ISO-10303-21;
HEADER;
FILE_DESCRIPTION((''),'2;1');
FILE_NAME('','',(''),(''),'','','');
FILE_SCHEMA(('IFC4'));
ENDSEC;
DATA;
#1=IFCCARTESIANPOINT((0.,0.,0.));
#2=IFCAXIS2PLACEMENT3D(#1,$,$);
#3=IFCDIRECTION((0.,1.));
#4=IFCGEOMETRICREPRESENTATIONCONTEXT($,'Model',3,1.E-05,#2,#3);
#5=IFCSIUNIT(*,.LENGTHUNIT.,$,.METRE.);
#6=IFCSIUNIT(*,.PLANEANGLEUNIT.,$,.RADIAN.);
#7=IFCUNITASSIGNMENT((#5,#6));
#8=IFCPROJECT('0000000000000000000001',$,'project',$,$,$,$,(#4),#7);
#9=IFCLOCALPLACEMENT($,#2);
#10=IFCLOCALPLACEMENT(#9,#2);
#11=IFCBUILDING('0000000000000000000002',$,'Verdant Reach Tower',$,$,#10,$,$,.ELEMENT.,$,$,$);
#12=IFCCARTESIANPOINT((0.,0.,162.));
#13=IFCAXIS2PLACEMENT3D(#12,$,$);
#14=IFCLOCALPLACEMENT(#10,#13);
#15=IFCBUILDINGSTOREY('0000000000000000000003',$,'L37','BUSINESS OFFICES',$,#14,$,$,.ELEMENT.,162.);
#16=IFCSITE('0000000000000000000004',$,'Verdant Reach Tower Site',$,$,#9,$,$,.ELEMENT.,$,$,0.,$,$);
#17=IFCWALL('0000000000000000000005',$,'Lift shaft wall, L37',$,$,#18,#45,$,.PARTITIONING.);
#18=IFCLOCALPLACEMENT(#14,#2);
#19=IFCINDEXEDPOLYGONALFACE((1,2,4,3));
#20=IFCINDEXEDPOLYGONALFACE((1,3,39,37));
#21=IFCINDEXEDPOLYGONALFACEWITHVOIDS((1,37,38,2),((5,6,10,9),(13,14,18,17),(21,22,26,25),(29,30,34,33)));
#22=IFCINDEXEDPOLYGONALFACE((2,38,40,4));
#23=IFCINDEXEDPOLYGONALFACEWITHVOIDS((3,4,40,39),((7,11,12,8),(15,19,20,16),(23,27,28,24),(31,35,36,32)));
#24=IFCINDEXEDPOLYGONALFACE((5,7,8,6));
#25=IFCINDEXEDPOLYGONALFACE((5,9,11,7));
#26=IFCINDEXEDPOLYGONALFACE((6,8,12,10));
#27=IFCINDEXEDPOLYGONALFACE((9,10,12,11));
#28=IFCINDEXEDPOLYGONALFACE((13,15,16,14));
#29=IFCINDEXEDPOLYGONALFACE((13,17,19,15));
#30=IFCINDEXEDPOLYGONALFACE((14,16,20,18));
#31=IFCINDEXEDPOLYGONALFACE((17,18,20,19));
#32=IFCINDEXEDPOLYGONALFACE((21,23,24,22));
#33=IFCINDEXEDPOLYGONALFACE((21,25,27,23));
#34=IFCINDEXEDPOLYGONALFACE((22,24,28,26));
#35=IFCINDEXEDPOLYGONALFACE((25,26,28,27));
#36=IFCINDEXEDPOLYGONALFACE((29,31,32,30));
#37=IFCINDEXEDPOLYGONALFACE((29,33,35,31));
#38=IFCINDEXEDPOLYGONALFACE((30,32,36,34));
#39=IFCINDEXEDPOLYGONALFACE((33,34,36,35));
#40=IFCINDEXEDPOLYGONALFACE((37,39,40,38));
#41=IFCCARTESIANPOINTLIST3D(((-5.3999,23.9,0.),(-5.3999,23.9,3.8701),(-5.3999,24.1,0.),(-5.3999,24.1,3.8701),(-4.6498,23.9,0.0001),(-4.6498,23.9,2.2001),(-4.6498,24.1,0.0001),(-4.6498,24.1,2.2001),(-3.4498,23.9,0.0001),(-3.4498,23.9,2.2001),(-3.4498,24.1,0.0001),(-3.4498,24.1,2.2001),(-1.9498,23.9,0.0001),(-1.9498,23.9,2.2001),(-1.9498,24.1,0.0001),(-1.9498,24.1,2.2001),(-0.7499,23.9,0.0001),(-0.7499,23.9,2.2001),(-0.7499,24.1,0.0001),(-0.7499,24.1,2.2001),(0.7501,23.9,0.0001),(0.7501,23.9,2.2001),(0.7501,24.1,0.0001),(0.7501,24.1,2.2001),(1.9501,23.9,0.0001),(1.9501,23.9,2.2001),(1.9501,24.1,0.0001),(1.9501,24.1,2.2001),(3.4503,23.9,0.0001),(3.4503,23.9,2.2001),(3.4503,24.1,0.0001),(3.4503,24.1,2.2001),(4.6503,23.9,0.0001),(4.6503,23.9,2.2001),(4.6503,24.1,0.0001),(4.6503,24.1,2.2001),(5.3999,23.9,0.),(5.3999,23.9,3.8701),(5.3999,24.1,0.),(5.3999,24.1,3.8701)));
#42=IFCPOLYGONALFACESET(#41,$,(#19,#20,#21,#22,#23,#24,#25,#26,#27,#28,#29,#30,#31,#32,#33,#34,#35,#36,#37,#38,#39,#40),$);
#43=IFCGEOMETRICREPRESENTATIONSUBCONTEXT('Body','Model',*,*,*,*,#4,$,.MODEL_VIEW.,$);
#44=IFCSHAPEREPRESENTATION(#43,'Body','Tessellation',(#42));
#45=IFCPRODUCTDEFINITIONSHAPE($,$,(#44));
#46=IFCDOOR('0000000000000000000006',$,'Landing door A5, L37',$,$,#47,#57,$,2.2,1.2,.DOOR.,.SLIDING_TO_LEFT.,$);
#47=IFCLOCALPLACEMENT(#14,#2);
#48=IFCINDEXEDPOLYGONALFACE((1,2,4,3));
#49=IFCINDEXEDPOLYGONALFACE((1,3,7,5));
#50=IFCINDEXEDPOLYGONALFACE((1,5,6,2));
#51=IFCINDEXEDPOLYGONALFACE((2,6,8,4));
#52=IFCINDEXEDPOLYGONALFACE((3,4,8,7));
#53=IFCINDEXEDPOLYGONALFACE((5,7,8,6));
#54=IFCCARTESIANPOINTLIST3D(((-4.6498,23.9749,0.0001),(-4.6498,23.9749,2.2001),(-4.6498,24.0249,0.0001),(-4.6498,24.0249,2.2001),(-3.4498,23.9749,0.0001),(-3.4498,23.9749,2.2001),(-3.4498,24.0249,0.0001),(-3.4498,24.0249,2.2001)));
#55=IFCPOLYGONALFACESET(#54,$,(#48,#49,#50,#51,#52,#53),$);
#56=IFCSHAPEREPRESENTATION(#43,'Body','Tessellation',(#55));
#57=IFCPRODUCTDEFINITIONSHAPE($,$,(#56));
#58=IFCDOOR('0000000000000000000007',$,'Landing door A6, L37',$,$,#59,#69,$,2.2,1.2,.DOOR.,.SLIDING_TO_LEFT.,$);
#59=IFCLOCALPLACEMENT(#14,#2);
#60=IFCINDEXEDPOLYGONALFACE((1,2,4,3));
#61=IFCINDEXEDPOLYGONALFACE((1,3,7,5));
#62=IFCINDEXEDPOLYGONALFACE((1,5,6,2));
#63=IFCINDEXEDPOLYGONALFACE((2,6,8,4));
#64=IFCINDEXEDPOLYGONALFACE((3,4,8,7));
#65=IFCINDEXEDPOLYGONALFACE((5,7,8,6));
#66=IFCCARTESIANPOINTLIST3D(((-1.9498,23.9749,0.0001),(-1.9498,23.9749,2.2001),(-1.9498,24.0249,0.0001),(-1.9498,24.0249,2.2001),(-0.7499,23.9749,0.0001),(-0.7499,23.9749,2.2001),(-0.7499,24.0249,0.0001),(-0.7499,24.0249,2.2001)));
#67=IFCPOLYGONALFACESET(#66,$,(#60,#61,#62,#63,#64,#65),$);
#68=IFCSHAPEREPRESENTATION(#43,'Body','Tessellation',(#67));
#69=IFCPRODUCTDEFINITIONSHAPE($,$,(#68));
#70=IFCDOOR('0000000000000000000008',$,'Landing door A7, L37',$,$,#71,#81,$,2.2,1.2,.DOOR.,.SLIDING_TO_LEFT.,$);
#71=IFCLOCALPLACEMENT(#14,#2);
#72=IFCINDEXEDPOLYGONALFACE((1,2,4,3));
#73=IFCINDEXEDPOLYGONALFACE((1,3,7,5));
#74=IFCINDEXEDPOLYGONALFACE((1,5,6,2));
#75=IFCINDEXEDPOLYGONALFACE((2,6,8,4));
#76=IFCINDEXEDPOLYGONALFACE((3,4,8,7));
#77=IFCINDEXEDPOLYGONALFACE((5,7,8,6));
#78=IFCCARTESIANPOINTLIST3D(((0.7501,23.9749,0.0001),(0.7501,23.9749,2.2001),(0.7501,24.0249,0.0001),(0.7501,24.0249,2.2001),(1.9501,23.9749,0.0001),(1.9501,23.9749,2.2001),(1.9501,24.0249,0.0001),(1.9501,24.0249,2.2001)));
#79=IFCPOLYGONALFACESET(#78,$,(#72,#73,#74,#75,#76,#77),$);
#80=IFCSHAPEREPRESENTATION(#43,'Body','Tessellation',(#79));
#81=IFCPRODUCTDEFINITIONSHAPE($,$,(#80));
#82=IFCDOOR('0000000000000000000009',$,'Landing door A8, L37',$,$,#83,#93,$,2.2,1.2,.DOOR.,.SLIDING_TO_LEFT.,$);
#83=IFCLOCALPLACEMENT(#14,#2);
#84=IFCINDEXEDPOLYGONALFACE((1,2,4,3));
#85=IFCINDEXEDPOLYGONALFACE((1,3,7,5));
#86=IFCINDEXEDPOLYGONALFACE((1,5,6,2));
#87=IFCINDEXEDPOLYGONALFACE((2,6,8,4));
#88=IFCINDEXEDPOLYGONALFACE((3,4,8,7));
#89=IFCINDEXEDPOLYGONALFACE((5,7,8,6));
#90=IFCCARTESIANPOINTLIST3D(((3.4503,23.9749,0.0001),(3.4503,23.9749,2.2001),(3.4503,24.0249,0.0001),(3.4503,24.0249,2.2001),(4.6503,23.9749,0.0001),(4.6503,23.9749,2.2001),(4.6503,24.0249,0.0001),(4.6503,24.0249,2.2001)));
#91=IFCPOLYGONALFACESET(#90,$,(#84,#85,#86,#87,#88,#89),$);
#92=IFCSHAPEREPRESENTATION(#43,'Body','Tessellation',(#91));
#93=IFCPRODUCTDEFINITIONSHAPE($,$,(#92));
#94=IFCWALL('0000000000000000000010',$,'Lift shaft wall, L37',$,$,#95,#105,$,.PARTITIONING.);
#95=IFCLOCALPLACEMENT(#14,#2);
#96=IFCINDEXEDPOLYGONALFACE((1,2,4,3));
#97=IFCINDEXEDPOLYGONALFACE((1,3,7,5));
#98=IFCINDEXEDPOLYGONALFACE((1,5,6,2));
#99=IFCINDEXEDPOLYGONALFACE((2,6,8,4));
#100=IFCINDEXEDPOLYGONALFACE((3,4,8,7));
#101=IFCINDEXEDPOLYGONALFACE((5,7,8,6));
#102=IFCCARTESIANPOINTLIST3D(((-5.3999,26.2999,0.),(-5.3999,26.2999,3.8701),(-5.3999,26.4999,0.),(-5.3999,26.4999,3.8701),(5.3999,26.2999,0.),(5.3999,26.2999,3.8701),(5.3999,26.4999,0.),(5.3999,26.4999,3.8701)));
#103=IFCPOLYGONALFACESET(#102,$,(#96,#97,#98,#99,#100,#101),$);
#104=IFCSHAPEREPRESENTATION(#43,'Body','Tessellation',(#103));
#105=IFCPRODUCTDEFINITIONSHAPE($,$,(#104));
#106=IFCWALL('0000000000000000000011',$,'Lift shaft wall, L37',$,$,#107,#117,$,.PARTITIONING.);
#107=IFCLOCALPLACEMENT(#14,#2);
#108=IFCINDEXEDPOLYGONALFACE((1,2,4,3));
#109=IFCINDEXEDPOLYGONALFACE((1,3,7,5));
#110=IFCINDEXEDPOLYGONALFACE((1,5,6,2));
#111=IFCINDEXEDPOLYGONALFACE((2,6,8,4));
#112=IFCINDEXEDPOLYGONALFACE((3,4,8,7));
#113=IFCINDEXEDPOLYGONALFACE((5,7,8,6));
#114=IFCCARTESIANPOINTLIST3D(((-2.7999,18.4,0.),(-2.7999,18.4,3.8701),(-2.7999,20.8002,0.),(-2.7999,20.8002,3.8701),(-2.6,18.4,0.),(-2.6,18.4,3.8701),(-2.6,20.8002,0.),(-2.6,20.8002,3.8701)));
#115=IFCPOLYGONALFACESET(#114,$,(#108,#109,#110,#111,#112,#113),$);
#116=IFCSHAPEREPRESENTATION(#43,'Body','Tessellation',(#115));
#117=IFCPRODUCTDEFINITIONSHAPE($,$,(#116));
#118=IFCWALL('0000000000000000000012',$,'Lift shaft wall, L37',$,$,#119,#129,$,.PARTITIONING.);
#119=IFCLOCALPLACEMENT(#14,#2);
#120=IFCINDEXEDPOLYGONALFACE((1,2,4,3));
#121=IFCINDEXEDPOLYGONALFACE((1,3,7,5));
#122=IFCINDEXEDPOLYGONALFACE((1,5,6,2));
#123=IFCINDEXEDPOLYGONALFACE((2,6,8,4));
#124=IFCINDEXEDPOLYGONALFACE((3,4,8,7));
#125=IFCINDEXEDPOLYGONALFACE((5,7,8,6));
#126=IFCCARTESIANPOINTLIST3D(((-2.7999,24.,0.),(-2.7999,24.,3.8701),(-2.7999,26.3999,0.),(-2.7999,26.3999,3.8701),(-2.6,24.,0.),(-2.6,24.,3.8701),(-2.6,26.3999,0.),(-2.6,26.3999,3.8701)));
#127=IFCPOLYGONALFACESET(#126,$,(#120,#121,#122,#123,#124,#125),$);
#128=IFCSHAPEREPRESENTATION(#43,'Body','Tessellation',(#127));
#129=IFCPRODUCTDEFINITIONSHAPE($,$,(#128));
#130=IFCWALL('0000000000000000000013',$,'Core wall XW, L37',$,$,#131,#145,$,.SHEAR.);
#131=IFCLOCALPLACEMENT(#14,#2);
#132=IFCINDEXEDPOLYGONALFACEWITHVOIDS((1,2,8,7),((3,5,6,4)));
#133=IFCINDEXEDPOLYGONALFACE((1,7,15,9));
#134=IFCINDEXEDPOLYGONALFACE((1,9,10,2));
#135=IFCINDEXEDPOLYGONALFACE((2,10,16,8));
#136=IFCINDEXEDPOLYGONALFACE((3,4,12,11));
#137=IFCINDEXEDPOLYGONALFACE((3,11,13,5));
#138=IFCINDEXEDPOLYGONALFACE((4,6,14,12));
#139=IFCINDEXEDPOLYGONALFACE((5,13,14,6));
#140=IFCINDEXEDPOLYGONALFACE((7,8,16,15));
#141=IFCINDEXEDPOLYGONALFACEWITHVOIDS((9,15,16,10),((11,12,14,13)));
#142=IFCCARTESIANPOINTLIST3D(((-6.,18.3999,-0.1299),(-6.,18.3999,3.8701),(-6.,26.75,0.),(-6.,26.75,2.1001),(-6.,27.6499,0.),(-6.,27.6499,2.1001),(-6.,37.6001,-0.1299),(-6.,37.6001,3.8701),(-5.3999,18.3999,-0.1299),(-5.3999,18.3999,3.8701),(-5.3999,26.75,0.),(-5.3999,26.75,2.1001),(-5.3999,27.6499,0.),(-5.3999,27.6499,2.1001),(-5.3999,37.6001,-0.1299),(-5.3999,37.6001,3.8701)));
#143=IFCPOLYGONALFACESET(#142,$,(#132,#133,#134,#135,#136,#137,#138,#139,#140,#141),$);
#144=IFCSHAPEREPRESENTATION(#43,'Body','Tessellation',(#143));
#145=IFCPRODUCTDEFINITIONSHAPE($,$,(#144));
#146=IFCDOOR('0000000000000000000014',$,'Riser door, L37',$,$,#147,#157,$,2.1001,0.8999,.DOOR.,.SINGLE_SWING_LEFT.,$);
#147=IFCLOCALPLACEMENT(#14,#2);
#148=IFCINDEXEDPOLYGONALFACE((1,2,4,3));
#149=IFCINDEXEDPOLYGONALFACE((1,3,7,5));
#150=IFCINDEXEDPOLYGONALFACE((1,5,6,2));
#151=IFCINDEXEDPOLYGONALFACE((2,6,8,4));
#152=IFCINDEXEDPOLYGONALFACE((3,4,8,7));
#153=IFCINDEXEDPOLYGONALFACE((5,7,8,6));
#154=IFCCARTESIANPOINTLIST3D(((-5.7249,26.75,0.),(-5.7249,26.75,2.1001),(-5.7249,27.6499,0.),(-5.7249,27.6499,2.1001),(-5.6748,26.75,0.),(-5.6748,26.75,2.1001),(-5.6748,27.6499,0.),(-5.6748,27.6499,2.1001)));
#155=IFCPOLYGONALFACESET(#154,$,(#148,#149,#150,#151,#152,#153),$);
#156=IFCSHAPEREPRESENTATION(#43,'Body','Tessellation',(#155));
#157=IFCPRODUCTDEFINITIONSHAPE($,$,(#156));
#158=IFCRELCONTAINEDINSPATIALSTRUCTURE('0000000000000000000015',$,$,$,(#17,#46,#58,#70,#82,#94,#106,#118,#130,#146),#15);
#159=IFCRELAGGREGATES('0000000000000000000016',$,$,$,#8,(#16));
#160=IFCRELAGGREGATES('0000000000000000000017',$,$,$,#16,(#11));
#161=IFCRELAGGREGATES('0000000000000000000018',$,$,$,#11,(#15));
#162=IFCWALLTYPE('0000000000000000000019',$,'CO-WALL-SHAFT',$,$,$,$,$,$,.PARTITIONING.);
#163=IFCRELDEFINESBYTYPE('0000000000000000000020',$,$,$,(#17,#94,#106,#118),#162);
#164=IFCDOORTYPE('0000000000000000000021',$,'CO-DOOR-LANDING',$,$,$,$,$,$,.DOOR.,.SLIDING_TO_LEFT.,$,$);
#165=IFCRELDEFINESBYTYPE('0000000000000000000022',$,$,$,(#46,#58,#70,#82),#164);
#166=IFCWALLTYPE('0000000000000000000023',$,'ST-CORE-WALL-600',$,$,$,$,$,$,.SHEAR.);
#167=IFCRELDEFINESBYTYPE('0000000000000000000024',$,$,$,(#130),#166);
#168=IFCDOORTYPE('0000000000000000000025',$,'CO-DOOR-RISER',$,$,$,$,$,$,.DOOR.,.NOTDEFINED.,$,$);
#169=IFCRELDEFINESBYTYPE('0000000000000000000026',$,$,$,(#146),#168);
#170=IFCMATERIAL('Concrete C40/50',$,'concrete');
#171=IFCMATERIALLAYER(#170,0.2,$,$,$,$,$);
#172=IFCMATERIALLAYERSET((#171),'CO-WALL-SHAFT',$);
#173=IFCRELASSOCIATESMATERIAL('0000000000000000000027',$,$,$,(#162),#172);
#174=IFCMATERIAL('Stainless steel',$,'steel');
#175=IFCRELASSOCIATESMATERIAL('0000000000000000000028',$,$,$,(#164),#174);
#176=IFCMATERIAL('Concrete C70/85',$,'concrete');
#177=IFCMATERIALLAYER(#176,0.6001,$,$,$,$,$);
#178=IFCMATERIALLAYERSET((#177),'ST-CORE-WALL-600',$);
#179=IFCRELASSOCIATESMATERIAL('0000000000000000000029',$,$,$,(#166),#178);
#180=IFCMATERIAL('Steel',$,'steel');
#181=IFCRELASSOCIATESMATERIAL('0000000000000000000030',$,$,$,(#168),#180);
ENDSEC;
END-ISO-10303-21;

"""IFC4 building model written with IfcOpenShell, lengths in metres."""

from ifc_helpers import new_model, si_unit, direction, frame, frame_2d, origin, place, context, subcontext, project, spatial, rectangle, extrude, material, layer, layer_set, type_object, element, fill, save


model = new_model("IFC4")

# Units and contexts
model_context = context("Model", 3, precision=1e-05, world=origin(), true_north=direction((0.0, 1.0)))
body_context = subcontext(model_context, "Body", "Model", "MODEL_VIEW")
ifc_project = project(units=[si_unit("LENGTHUNIT", "METRE"), si_unit("PLANEANGLEUNIT", "RADIAN")], contexts=[model_context])

# Site, building, storey
site_placement = place(None, origin())
site = spatial("IfcSite", under=ifc_project, at=site_placement, Name="Verdant Reach Tower Site", CompositionType="ELEMENT", RefElevation=0.0)
building_placement = place(site_placement, origin())
building = spatial("IfcBuilding", under=site, at=building_placement, Name="Verdant Reach Tower", CompositionType="ELEMENT")
storey_placement = place(building_placement, frame((0.0, 0.0, 162.0)))
storey = spatial("IfcBuildingStorey", under=building, at=storey_placement, Name="L37", Description="BUSINESS OFFICES", CompositionType="ELEMENT", Elevation=162.0)

# Wall, openings, doors
ifc_material_1 = material(Name="Concrete C40/50", Category="concrete")
ifc_layer_1 = layer(ifc_material_1, 0.2)
ifc_layer_set_1 = layer_set([ifc_layer_1], Name="CO-WALL-SHAFT")
wall_type_1 = type_object("IfcWallType", Name="CO-WALL-SHAFT", PredefinedType="PARTITIONING", material=ifc_layer_set_1)
ifc_material_2 = material(Name="Stainless steel", Category="steel")
door_type_1 = type_object("IfcDoorType", Name="CO-DOOR-LANDING", OperationType="SLIDING_TO_LEFT", PredefinedType="DOOR", material=ifc_material_2)
wall_1_placement = place(storey_placement, frame((-5.3999, 24.0, 0.0), z_axis=(0.0, 0.0, 1.0), x_axis=(1.0, 0.0, 0.0)))
wall_1 = element("IfcWall", 1, at=wall_1_placement, inside=storey, type_object=wall_type_1, Name="Lift shaft wall, L37", PredefinedType="PARTITIONING", context=body_context, shape_type="SweptSolid", body=[
    extrude(rectangle(XDim=10.7998, YDim=0.2, at=frame_2d((5.3999, 0.0))), origin(), (0.0, 0.0, 1.0), 3.8701),
])
opening_1_placement = place(wall_1_placement, frame((0.75, 0.0, 0.0)))
opening_1 = element("IfcOpeningElement", 2, at=opening_1_placement, cuts=wall_1, PredefinedType="OPENING", context=body_context, shape_type="SweptSolid", body=[
    extrude(rectangle(XDim=1.2, YDim=2.2, at=frame_2d((0.6001, 1.1001))), frame((0.0, 0.1099, 0.0), z_axis=(0.0, -1.0, 0.0), x_axis=(1.0, 0.0, 0.0)), (0.0, 0.0, 1.0), 0.22),
])
opening_2_placement = place(wall_1_placement, frame((3.45, 0.0, 0.0)))
opening_2 = element("IfcOpeningElement", 3, at=opening_2_placement, cuts=wall_1, PredefinedType="OPENING", context=body_context, shape_type="SweptSolid", body=[
    extrude(rectangle(XDim=1.2, YDim=2.2, at=frame_2d((0.6001, 1.1001))), frame((0.0, 0.1099, 0.0), z_axis=(0.0, -1.0, 0.0), x_axis=(1.0, 0.0, 0.0)), (0.0, 0.0, 1.0), 0.22),
])
opening_3_placement = place(wall_1_placement, frame((6.1499, 0.0, 0.0)))
opening_3 = element("IfcOpeningElement", 4, at=opening_3_placement, cuts=wall_1, PredefinedType="OPENING", context=body_context, shape_type="SweptSolid", body=[
    extrude(rectangle(XDim=1.2, YDim=2.2, at=frame_2d((0.6001, 1.1001))), frame((0.0, 0.1099, 0.0), z_axis=(0.0, -1.0, 0.0), x_axis=(1.0, 0.0, 0.0)), (0.0, 0.0, 1.0), 0.22),
])
opening_4_placement = place(wall_1_placement, frame((8.8501, 0.0, 0.0)))
opening_4 = element("IfcOpeningElement", 5, at=opening_4_placement, cuts=wall_1, PredefinedType="OPENING", context=body_context, shape_type="SweptSolid", body=[
    extrude(rectangle(XDim=1.2, YDim=2.2, at=frame_2d((0.6001, 1.1001))), frame((0.0, 0.1099, 0.0), z_axis=(0.0, -1.0, 0.0), x_axis=(1.0, 0.0, 0.0)), (0.0, 0.0, 1.0), 0.22),
])
door_1_placement = place(opening_1_placement, origin())
door_1 = element("IfcDoor", 6, at=door_1_placement, inside=storey, type_object=door_type_1, Name="Landing door A5, L37", OperationType="SLIDING_TO_LEFT", OverallHeight=2.2, OverallWidth=1.2, PredefinedType="DOOR", context=body_context, shape_type="SweptSolid", body=[
    extrude(rectangle(XDim=1.2, YDim=2.2, at=frame_2d((0.6001, 1.1001))), frame((0.0, 0.0249, 0.0), z_axis=(0.0, -1.0, 0.0), x_axis=(1.0, 0.0, 0.0)), (0.0, 0.0, 1.0), 0.05),
])
fill(opening_1, door_1)
door_2_placement = place(opening_2_placement, origin())
door_2 = element("IfcDoor", 7, at=door_2_placement, inside=storey, type_object=door_type_1, Name="Landing door A6, L37", OperationType="SLIDING_TO_LEFT", OverallHeight=2.2, OverallWidth=1.2, PredefinedType="DOOR", context=body_context, shape_type="SweptSolid", body=[
    extrude(rectangle(XDim=1.2, YDim=2.2, at=frame_2d((0.6001, 1.1001))), frame((0.0, 0.0249, 0.0), z_axis=(0.0, -1.0, 0.0), x_axis=(1.0, 0.0, 0.0)), (0.0, 0.0, 1.0), 0.05),
])
fill(opening_2, door_2)
door_3_placement = place(opening_3_placement, origin())
door_3 = element("IfcDoor", 8, at=door_3_placement, inside=storey, type_object=door_type_1, Name="Landing door A7, L37", OperationType="SLIDING_TO_LEFT", OverallHeight=2.2, OverallWidth=1.2, PredefinedType="DOOR", context=body_context, shape_type="SweptSolid", body=[
    extrude(rectangle(XDim=1.2, YDim=2.2, at=frame_2d((0.6001, 1.1001))), frame((0.0, 0.0249, 0.0), z_axis=(0.0, -1.0, 0.0), x_axis=(1.0, 0.0, 0.0)), (0.0, 0.0, 1.0), 0.05),
])
fill(opening_3, door_3)
door_4_placement = place(opening_4_placement, origin())
door_4 = element("IfcDoor", 9, at=door_4_placement, inside=storey, type_object=door_type_1, Name="Landing door A8, L37", OperationType="SLIDING_TO_LEFT", OverallHeight=2.2, OverallWidth=1.2, PredefinedType="DOOR", context=body_context, shape_type="SweptSolid", body=[
    extrude(rectangle(XDim=1.2, YDim=2.2, at=frame_2d((0.6001, 1.1001))), frame((0.0, 0.0249, 0.0), z_axis=(0.0, -1.0, 0.0), x_axis=(1.0, 0.0, 0.0)), (0.0, 0.0, 1.0), 0.05),
])
fill(opening_4, door_4)

# Walls
wall_2_placement = place(storey_placement, frame((-5.3999, 26.3999, 0.0), z_axis=(0.0, 0.0, 1.0), x_axis=(1.0, 0.0, 0.0)))
element("IfcWall", 10, at=wall_2_placement, inside=storey, type_object=wall_type_1, Name="Lift shaft wall, L37", PredefinedType="PARTITIONING", context=body_context, shape_type="SweptSolid", body=[
    extrude(rectangle(XDim=10.7998, YDim=0.2, at=frame_2d((5.3999, 0.0))), origin(), (0.0, 0.0, 1.0), 3.8701),
])
wall_3_placement = place(storey_placement, frame((-2.7, 18.3999, 0.0), z_axis=(0.0, 0.0, 1.0), x_axis=(0.0, 1.0, 0.0)))
element("IfcWall", 11, at=wall_3_placement, inside=storey, type_object=wall_type_1, Name="Lift shaft wall, L37", PredefinedType="PARTITIONING", context=body_context, shape_type="SweptSolid", body=[
    extrude(rectangle(XDim=2.4001, YDim=0.2, at=frame_2d((1.2002, 0.0))), origin(), (0.0, 0.0, 1.0), 3.8701),
])
wall_4_placement = place(storey_placement, frame((-2.7, 24.0, 0.0), z_axis=(0.0, 0.0, 1.0), x_axis=(0.0, 1.0, 0.0)))
element("IfcWall", 12, at=wall_4_placement, inside=storey, type_object=wall_type_1, Name="Lift shaft wall, L37", PredefinedType="PARTITIONING", context=body_context, shape_type="SweptSolid", body=[
    extrude(rectangle(XDim=2.3999, YDim=0.2, at=frame_2d((1.2, 0.0))), origin(), (0.0, 0.0, 1.0), 3.8701),
])

# Wall, opening, door
ifc_material_3 = material(Name="Concrete C70/85", Category="concrete")
ifc_layer_2 = layer(ifc_material_3, 0.6001)
ifc_layer_set_2 = layer_set([ifc_layer_2], Name="ST-CORE-WALL-600")
wall_type_2 = type_object("IfcWallType", Name="ST-CORE-WALL-600", PredefinedType="SHEAR", material=ifc_layer_set_2)
wall_5_placement = place(storey_placement, frame((-5.7, 18.3999, -0.1299), z_axis=(0.0, 0.0, 1.0), x_axis=(0.0, 1.0, 0.0)))
wall_5 = element("IfcWall", 13, at=wall_5_placement, inside=storey, type_object=wall_type_2, Name="Core wall XW, L37", PredefinedType="SHEAR", context=body_context, shape_type="SweptSolid", body=[
    extrude(rectangle(XDim=19.2002, YDim=0.6001, at=frame_2d((9.6001, 0.0))), origin(), (0.0, 0.0, 1.0), 4.0),
])
opening_5_placement = place(wall_5_placement, frame((8.3501, 0.0, 0.1299)))
opening_5 = element("IfcOpeningElement", 14, at=opening_5_placement, cuts=wall_5, PredefinedType="OPENING", context=body_context, shape_type="SweptSolid", body=[
    extrude(rectangle(XDim=0.8999, YDim=2.1001, at=frame_2d((0.45, 1.05))), frame((0.0, 0.3101, 0.0), z_axis=(0.0, -1.0, 0.0), x_axis=(1.0, 0.0, 0.0)), (0.0, 0.0, 1.0), 0.6201),
])
ifc_material_4 = material(Name="Steel", Category="steel")
door_type_2 = type_object("IfcDoorType", Name="CO-DOOR-RISER", OperationType="NOTDEFINED", PredefinedType="DOOR", material=ifc_material_4)
door_5_placement = place(opening_5_placement, origin())
door_5 = element("IfcDoor", 15, at=door_5_placement, inside=storey, type_object=door_type_2, Name="Riser door, L37", OperationType="SINGLE_SWING_LEFT", OverallHeight=2.1001, OverallWidth=0.8999, PredefinedType="DOOR", context=body_context, shape_type="SweptSolid", body=[
    extrude(rectangle(XDim=0.8999, YDim=2.1001, at=frame_2d((0.45, 1.05))), frame((0.0, 0.0249, 0.0), z_axis=(0.0, -1.0, 0.0), x_axis=(1.0, 0.0, 0.0)), (0.0, 0.0, 1.0), 0.05),
])
fill(opening_5, door_5)

save(model, "model.ifc")
